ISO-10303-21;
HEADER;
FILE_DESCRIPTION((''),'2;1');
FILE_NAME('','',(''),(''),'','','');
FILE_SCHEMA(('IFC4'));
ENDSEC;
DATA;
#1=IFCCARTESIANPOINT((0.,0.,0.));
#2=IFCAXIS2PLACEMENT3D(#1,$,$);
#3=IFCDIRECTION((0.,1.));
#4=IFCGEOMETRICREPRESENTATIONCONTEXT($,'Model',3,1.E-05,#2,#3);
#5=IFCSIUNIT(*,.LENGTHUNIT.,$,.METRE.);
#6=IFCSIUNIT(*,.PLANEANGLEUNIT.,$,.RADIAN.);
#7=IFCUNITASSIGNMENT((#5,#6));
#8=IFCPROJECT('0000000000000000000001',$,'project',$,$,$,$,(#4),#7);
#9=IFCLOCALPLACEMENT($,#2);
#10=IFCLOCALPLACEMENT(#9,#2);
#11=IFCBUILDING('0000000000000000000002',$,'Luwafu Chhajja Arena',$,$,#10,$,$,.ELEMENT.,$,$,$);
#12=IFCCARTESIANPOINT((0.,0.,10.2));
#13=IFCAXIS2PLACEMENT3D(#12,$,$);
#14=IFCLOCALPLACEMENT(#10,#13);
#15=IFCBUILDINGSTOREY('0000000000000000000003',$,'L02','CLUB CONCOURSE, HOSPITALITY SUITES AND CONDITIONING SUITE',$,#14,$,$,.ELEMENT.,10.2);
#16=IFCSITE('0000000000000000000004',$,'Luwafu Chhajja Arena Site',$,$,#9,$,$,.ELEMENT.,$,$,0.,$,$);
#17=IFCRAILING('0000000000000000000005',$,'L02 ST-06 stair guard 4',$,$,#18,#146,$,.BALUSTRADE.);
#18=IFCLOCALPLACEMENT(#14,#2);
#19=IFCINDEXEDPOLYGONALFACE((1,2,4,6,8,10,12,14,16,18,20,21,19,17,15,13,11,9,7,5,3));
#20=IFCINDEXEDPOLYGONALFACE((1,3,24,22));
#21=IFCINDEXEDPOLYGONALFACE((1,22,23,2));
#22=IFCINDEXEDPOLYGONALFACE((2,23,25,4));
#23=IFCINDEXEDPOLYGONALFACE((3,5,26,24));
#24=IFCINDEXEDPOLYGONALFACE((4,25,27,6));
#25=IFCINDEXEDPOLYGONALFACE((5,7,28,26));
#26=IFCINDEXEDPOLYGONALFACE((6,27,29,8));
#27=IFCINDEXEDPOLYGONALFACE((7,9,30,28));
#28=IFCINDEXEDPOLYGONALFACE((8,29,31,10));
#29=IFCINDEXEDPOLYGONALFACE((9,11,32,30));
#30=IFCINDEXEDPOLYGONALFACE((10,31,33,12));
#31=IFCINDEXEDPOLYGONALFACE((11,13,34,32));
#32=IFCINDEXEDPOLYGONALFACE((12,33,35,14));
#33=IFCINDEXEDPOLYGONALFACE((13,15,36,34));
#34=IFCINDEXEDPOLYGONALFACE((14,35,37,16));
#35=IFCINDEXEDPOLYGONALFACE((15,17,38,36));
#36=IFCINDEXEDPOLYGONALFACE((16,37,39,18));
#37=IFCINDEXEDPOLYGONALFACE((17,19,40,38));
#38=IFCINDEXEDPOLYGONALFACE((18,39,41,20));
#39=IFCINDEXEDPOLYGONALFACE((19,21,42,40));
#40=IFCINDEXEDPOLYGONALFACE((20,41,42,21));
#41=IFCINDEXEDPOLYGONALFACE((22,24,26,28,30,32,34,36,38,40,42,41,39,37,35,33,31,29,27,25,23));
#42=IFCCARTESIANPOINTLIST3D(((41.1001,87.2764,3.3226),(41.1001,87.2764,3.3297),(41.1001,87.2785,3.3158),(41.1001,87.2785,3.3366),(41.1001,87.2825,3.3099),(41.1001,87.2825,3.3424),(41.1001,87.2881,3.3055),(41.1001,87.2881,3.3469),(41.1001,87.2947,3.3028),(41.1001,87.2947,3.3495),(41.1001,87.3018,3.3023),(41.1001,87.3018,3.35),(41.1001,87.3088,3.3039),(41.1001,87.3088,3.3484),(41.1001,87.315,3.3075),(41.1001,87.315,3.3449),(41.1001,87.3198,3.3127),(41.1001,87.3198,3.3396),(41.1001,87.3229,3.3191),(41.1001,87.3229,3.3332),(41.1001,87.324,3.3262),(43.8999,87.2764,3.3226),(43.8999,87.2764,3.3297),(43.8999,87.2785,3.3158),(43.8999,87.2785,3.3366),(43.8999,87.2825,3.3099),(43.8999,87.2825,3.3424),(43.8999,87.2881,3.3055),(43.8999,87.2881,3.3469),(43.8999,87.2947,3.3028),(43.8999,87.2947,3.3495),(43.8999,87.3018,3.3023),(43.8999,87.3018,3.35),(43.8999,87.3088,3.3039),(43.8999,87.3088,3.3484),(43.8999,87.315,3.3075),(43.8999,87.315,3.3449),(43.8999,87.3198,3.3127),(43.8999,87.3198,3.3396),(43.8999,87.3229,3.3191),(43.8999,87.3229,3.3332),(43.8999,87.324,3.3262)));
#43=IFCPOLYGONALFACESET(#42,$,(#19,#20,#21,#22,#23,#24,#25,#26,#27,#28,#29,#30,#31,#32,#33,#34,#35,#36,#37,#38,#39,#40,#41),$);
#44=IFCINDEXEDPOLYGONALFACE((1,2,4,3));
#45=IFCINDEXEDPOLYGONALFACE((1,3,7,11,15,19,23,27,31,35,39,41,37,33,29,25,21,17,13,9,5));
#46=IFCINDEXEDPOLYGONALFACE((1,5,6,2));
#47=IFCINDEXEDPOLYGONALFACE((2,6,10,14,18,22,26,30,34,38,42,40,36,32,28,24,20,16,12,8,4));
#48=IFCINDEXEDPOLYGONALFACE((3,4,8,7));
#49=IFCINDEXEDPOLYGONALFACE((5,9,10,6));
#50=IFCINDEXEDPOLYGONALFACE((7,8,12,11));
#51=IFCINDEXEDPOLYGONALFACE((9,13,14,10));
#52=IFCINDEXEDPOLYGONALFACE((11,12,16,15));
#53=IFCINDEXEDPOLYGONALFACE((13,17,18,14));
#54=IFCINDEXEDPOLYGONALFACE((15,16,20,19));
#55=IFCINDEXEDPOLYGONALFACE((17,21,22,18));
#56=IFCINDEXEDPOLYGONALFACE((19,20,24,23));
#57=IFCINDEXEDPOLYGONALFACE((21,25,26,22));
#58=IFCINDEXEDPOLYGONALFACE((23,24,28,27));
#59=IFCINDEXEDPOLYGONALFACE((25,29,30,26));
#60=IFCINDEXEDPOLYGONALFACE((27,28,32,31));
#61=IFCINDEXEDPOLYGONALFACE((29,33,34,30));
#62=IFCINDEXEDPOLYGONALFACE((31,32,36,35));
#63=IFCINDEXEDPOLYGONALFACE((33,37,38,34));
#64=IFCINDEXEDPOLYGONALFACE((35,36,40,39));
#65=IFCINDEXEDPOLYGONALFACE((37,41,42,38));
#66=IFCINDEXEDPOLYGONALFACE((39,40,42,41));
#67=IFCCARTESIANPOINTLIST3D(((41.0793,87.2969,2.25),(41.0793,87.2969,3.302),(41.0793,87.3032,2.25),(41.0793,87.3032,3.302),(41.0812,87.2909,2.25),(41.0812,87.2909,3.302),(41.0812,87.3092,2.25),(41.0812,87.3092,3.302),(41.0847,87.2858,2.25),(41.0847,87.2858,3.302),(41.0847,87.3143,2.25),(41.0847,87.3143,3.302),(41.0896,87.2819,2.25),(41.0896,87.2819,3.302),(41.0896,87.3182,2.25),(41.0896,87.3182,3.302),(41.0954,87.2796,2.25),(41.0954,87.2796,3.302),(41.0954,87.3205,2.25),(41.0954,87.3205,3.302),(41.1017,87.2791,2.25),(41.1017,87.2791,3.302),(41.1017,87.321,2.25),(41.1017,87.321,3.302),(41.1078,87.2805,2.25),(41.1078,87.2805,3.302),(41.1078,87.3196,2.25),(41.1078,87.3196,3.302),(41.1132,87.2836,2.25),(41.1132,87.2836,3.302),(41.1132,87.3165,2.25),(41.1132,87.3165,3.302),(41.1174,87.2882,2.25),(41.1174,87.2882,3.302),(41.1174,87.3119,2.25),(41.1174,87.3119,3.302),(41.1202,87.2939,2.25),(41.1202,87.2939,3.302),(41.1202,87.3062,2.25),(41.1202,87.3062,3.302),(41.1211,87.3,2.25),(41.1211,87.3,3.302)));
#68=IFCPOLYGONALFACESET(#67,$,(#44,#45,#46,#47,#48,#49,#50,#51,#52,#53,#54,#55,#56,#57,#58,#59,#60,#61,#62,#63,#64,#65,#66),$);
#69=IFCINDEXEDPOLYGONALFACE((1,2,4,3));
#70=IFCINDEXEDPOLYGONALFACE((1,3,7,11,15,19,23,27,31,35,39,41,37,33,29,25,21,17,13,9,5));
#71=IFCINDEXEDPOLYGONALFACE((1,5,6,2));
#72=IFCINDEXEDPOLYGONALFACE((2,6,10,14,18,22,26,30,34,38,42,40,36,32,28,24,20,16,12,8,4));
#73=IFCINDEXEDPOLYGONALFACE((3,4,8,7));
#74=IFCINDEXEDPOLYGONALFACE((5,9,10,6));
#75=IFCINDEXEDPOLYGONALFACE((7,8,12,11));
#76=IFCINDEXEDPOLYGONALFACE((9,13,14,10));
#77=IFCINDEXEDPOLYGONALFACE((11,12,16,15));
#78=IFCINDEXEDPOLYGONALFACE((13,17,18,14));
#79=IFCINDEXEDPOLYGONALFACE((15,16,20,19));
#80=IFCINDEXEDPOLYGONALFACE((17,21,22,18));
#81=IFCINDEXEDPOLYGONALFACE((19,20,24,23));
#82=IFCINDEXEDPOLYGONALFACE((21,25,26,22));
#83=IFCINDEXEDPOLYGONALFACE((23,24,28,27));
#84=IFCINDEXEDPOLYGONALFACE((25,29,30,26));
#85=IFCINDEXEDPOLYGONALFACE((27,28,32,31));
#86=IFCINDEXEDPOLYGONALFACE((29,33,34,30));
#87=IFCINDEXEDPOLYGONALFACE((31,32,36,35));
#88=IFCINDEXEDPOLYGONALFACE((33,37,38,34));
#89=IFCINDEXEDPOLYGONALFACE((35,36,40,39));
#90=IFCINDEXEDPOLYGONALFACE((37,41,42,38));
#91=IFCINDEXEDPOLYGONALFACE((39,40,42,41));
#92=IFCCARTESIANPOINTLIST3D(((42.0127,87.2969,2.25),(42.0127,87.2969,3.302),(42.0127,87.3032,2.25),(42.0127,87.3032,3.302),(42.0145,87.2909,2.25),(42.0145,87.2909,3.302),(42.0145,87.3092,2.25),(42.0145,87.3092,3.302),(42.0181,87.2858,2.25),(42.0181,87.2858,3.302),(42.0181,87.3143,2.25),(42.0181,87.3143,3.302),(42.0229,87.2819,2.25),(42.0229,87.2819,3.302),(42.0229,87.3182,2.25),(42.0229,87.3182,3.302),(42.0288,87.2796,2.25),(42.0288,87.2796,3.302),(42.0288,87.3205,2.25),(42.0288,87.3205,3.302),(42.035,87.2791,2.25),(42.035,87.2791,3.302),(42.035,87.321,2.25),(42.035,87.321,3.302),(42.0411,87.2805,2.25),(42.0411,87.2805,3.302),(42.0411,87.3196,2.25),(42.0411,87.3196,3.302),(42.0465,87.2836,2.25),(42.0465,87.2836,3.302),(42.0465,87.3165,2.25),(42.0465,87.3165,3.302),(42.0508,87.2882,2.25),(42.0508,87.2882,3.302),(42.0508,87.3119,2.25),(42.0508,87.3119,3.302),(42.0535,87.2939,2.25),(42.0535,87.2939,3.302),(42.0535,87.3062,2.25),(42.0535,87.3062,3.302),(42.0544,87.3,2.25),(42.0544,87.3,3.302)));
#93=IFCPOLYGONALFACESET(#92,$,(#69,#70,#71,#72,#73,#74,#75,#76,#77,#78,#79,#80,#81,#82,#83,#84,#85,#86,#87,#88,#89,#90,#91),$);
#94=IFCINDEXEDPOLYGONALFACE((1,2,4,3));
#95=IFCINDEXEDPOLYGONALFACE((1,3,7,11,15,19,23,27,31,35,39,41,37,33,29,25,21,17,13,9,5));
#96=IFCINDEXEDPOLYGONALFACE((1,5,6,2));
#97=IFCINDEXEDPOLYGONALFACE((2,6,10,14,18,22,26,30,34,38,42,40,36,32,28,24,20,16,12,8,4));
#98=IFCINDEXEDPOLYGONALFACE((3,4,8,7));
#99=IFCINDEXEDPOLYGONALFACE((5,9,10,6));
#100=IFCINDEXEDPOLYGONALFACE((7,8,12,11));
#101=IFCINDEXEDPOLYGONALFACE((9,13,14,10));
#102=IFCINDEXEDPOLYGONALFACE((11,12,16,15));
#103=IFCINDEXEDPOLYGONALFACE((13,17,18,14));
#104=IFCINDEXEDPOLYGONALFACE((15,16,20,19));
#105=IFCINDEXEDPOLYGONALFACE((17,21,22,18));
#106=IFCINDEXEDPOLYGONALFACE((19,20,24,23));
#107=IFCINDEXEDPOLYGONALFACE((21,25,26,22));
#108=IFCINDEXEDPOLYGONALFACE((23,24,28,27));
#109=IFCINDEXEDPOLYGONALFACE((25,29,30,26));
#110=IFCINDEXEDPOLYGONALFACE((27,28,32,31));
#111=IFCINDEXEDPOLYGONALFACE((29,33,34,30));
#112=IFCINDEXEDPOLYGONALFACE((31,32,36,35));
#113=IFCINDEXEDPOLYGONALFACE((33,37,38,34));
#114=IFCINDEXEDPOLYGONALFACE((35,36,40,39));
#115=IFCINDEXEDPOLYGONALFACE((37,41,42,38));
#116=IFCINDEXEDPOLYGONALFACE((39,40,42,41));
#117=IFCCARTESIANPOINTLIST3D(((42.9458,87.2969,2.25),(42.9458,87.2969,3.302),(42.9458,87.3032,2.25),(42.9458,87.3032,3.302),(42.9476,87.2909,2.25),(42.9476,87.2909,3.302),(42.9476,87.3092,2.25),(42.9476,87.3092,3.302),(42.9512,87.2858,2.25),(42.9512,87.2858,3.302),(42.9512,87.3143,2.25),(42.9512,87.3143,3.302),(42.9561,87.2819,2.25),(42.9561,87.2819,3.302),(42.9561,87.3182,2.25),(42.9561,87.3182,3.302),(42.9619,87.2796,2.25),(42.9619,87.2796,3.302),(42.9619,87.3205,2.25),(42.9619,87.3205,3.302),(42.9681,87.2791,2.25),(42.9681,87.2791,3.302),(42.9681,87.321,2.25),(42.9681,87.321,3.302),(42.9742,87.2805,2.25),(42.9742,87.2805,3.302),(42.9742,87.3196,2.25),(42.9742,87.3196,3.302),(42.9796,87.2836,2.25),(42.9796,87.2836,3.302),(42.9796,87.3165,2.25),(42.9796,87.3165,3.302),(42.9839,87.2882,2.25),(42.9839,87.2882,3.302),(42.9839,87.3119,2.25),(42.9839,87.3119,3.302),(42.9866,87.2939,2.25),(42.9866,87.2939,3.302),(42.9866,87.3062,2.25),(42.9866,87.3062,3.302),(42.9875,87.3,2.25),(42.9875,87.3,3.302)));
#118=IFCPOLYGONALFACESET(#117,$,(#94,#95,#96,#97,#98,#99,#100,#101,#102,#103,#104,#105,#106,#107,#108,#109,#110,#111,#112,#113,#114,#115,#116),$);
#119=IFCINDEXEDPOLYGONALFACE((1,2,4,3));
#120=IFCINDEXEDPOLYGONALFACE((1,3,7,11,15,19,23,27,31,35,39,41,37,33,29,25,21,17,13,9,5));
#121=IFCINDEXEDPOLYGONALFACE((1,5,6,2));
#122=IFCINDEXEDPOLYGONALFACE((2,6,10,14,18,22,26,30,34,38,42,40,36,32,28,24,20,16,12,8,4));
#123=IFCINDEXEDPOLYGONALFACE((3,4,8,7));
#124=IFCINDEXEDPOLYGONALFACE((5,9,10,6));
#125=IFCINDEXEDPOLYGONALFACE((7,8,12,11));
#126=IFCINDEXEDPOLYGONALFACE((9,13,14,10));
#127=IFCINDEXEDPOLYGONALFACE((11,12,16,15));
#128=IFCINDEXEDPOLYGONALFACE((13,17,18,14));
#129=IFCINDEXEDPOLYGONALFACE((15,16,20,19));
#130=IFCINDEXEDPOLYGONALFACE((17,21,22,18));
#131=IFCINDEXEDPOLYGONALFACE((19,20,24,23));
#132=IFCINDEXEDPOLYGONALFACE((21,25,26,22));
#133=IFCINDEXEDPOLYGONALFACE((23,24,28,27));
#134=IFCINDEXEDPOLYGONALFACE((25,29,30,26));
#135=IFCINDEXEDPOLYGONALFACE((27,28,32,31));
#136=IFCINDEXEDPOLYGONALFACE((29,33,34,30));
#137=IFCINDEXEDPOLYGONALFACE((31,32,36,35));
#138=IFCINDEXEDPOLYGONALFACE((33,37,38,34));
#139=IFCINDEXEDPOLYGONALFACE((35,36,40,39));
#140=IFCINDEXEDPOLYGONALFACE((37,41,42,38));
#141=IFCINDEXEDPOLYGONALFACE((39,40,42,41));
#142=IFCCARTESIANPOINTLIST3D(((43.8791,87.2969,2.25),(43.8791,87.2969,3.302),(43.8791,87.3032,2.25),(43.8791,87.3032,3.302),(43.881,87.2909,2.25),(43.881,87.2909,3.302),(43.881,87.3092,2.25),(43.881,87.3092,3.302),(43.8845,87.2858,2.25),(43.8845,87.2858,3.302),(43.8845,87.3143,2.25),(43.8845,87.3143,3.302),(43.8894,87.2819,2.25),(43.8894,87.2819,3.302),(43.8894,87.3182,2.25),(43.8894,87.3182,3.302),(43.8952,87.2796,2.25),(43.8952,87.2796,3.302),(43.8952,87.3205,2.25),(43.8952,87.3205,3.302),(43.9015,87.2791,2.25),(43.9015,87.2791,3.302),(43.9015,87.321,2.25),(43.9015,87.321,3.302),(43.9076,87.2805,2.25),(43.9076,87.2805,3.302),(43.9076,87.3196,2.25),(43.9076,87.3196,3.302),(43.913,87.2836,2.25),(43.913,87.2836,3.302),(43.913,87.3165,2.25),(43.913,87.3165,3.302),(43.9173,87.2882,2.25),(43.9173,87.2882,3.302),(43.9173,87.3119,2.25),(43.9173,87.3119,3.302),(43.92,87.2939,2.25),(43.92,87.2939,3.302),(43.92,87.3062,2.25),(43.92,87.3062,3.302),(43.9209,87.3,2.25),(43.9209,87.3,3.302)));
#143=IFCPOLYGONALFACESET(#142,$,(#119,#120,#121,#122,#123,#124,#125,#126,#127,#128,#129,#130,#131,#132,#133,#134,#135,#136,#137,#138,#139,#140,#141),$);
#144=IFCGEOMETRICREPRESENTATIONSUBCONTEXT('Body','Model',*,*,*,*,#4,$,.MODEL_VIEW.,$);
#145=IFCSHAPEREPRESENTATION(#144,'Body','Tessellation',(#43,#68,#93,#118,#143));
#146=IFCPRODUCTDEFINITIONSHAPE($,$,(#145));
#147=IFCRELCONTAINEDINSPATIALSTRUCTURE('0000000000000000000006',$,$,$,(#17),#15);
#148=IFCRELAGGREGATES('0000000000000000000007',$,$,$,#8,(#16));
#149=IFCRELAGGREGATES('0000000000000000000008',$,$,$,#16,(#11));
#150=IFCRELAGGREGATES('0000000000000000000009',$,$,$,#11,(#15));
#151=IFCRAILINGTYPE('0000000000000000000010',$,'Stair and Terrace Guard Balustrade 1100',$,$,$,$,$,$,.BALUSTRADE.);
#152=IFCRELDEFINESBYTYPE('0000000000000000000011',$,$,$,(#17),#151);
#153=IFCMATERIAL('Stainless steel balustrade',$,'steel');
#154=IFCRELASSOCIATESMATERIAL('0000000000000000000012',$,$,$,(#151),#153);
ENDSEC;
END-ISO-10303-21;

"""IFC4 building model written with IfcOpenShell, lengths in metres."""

from ifc_helpers import new_model, si_unit, direction, frame, origin, origin_2d, place, context, subcontext, project, spatial, circle, extrude, material, type_object, element, save


model = new_model("IFC4")

# Units and contexts
model_context = context("Model", 3, precision=1e-05, world=origin(), true_north=direction((0.0, 1.0)))
body_context = subcontext(model_context, "Body", "Model", "MODEL_VIEW")
ifc_project = project(units=[si_unit("LENGTHUNIT", "METRE"), si_unit("PLANEANGLEUNIT", "RADIAN")], contexts=[model_context])

# Site, building, storey
site_placement = place(None, origin())
site = spatial("IfcSite", under=ifc_project, at=site_placement, Name="Luwafu Chhajja Arena Site", CompositionType="ELEMENT", RefElevation=0.0)
building_placement = place(site_placement, origin())
building = spatial("IfcBuilding", under=site, at=building_placement, Name="Luwafu Chhajja Arena", CompositionType="ELEMENT")
storey_placement = place(building_placement, frame((0.0, 0.0, 10.2)))
storey = spatial("IfcBuildingStorey", under=building, at=storey_placement, Name="L02", Description="CLUB CONCOURSE, HOSPITALITY SUITES AND CONDITIONING SUITE", CompositionType="ELEMENT", Elevation=10.2)

# Railing
ifc_material_1 = material(Name="Stainless steel balustrade", Category="steel")
railing_type_1 = type_object("IfcRailingType", Name="Stair and Terrace Guard Balustrade 1100", PredefinedType="BALUSTRADE", material=ifc_material_1)
railing_1_placement = place(storey_placement, frame((41.1001, 87.3, 2.25)))
element("IfcRailing", 1, at=railing_1_placement, inside=storey, type_object=railing_type_1, Name="L02 ST-06 stair guard 4", PredefinedType="BALUSTRADE", context=body_context, shape_type="SweptSolid", body=[
    extrude(circle(Radius=0.0239, at=origin_2d()), frame((0.0, 0.0, 1.0762), z_axis=(1.0, 0.0, 0.0), x_axis=(0.0, 1.0, 0.0)), (0.0, 0.0, 1.0), 2.7998),
    extrude(circle(Radius=0.021, at=origin_2d()), origin(), (0.0, 0.0, 1.0), 1.052),
    extrude(circle(Radius=0.021, at=origin_2d()), frame((0.9333, 0.0, 0.0)), (0.0, 0.0, 1.0), 1.052),
    extrude(circle(Radius=0.021, at=origin_2d()), frame((1.8665, 0.0, 0.0)), (0.0, 0.0, 1.0), 1.052),
    extrude(circle(Radius=0.021, at=origin_2d()), frame((2.7998, 0.0, 0.0)), (0.0, 0.0, 1.0), 1.052),
])

save(model, "model.ifc")
